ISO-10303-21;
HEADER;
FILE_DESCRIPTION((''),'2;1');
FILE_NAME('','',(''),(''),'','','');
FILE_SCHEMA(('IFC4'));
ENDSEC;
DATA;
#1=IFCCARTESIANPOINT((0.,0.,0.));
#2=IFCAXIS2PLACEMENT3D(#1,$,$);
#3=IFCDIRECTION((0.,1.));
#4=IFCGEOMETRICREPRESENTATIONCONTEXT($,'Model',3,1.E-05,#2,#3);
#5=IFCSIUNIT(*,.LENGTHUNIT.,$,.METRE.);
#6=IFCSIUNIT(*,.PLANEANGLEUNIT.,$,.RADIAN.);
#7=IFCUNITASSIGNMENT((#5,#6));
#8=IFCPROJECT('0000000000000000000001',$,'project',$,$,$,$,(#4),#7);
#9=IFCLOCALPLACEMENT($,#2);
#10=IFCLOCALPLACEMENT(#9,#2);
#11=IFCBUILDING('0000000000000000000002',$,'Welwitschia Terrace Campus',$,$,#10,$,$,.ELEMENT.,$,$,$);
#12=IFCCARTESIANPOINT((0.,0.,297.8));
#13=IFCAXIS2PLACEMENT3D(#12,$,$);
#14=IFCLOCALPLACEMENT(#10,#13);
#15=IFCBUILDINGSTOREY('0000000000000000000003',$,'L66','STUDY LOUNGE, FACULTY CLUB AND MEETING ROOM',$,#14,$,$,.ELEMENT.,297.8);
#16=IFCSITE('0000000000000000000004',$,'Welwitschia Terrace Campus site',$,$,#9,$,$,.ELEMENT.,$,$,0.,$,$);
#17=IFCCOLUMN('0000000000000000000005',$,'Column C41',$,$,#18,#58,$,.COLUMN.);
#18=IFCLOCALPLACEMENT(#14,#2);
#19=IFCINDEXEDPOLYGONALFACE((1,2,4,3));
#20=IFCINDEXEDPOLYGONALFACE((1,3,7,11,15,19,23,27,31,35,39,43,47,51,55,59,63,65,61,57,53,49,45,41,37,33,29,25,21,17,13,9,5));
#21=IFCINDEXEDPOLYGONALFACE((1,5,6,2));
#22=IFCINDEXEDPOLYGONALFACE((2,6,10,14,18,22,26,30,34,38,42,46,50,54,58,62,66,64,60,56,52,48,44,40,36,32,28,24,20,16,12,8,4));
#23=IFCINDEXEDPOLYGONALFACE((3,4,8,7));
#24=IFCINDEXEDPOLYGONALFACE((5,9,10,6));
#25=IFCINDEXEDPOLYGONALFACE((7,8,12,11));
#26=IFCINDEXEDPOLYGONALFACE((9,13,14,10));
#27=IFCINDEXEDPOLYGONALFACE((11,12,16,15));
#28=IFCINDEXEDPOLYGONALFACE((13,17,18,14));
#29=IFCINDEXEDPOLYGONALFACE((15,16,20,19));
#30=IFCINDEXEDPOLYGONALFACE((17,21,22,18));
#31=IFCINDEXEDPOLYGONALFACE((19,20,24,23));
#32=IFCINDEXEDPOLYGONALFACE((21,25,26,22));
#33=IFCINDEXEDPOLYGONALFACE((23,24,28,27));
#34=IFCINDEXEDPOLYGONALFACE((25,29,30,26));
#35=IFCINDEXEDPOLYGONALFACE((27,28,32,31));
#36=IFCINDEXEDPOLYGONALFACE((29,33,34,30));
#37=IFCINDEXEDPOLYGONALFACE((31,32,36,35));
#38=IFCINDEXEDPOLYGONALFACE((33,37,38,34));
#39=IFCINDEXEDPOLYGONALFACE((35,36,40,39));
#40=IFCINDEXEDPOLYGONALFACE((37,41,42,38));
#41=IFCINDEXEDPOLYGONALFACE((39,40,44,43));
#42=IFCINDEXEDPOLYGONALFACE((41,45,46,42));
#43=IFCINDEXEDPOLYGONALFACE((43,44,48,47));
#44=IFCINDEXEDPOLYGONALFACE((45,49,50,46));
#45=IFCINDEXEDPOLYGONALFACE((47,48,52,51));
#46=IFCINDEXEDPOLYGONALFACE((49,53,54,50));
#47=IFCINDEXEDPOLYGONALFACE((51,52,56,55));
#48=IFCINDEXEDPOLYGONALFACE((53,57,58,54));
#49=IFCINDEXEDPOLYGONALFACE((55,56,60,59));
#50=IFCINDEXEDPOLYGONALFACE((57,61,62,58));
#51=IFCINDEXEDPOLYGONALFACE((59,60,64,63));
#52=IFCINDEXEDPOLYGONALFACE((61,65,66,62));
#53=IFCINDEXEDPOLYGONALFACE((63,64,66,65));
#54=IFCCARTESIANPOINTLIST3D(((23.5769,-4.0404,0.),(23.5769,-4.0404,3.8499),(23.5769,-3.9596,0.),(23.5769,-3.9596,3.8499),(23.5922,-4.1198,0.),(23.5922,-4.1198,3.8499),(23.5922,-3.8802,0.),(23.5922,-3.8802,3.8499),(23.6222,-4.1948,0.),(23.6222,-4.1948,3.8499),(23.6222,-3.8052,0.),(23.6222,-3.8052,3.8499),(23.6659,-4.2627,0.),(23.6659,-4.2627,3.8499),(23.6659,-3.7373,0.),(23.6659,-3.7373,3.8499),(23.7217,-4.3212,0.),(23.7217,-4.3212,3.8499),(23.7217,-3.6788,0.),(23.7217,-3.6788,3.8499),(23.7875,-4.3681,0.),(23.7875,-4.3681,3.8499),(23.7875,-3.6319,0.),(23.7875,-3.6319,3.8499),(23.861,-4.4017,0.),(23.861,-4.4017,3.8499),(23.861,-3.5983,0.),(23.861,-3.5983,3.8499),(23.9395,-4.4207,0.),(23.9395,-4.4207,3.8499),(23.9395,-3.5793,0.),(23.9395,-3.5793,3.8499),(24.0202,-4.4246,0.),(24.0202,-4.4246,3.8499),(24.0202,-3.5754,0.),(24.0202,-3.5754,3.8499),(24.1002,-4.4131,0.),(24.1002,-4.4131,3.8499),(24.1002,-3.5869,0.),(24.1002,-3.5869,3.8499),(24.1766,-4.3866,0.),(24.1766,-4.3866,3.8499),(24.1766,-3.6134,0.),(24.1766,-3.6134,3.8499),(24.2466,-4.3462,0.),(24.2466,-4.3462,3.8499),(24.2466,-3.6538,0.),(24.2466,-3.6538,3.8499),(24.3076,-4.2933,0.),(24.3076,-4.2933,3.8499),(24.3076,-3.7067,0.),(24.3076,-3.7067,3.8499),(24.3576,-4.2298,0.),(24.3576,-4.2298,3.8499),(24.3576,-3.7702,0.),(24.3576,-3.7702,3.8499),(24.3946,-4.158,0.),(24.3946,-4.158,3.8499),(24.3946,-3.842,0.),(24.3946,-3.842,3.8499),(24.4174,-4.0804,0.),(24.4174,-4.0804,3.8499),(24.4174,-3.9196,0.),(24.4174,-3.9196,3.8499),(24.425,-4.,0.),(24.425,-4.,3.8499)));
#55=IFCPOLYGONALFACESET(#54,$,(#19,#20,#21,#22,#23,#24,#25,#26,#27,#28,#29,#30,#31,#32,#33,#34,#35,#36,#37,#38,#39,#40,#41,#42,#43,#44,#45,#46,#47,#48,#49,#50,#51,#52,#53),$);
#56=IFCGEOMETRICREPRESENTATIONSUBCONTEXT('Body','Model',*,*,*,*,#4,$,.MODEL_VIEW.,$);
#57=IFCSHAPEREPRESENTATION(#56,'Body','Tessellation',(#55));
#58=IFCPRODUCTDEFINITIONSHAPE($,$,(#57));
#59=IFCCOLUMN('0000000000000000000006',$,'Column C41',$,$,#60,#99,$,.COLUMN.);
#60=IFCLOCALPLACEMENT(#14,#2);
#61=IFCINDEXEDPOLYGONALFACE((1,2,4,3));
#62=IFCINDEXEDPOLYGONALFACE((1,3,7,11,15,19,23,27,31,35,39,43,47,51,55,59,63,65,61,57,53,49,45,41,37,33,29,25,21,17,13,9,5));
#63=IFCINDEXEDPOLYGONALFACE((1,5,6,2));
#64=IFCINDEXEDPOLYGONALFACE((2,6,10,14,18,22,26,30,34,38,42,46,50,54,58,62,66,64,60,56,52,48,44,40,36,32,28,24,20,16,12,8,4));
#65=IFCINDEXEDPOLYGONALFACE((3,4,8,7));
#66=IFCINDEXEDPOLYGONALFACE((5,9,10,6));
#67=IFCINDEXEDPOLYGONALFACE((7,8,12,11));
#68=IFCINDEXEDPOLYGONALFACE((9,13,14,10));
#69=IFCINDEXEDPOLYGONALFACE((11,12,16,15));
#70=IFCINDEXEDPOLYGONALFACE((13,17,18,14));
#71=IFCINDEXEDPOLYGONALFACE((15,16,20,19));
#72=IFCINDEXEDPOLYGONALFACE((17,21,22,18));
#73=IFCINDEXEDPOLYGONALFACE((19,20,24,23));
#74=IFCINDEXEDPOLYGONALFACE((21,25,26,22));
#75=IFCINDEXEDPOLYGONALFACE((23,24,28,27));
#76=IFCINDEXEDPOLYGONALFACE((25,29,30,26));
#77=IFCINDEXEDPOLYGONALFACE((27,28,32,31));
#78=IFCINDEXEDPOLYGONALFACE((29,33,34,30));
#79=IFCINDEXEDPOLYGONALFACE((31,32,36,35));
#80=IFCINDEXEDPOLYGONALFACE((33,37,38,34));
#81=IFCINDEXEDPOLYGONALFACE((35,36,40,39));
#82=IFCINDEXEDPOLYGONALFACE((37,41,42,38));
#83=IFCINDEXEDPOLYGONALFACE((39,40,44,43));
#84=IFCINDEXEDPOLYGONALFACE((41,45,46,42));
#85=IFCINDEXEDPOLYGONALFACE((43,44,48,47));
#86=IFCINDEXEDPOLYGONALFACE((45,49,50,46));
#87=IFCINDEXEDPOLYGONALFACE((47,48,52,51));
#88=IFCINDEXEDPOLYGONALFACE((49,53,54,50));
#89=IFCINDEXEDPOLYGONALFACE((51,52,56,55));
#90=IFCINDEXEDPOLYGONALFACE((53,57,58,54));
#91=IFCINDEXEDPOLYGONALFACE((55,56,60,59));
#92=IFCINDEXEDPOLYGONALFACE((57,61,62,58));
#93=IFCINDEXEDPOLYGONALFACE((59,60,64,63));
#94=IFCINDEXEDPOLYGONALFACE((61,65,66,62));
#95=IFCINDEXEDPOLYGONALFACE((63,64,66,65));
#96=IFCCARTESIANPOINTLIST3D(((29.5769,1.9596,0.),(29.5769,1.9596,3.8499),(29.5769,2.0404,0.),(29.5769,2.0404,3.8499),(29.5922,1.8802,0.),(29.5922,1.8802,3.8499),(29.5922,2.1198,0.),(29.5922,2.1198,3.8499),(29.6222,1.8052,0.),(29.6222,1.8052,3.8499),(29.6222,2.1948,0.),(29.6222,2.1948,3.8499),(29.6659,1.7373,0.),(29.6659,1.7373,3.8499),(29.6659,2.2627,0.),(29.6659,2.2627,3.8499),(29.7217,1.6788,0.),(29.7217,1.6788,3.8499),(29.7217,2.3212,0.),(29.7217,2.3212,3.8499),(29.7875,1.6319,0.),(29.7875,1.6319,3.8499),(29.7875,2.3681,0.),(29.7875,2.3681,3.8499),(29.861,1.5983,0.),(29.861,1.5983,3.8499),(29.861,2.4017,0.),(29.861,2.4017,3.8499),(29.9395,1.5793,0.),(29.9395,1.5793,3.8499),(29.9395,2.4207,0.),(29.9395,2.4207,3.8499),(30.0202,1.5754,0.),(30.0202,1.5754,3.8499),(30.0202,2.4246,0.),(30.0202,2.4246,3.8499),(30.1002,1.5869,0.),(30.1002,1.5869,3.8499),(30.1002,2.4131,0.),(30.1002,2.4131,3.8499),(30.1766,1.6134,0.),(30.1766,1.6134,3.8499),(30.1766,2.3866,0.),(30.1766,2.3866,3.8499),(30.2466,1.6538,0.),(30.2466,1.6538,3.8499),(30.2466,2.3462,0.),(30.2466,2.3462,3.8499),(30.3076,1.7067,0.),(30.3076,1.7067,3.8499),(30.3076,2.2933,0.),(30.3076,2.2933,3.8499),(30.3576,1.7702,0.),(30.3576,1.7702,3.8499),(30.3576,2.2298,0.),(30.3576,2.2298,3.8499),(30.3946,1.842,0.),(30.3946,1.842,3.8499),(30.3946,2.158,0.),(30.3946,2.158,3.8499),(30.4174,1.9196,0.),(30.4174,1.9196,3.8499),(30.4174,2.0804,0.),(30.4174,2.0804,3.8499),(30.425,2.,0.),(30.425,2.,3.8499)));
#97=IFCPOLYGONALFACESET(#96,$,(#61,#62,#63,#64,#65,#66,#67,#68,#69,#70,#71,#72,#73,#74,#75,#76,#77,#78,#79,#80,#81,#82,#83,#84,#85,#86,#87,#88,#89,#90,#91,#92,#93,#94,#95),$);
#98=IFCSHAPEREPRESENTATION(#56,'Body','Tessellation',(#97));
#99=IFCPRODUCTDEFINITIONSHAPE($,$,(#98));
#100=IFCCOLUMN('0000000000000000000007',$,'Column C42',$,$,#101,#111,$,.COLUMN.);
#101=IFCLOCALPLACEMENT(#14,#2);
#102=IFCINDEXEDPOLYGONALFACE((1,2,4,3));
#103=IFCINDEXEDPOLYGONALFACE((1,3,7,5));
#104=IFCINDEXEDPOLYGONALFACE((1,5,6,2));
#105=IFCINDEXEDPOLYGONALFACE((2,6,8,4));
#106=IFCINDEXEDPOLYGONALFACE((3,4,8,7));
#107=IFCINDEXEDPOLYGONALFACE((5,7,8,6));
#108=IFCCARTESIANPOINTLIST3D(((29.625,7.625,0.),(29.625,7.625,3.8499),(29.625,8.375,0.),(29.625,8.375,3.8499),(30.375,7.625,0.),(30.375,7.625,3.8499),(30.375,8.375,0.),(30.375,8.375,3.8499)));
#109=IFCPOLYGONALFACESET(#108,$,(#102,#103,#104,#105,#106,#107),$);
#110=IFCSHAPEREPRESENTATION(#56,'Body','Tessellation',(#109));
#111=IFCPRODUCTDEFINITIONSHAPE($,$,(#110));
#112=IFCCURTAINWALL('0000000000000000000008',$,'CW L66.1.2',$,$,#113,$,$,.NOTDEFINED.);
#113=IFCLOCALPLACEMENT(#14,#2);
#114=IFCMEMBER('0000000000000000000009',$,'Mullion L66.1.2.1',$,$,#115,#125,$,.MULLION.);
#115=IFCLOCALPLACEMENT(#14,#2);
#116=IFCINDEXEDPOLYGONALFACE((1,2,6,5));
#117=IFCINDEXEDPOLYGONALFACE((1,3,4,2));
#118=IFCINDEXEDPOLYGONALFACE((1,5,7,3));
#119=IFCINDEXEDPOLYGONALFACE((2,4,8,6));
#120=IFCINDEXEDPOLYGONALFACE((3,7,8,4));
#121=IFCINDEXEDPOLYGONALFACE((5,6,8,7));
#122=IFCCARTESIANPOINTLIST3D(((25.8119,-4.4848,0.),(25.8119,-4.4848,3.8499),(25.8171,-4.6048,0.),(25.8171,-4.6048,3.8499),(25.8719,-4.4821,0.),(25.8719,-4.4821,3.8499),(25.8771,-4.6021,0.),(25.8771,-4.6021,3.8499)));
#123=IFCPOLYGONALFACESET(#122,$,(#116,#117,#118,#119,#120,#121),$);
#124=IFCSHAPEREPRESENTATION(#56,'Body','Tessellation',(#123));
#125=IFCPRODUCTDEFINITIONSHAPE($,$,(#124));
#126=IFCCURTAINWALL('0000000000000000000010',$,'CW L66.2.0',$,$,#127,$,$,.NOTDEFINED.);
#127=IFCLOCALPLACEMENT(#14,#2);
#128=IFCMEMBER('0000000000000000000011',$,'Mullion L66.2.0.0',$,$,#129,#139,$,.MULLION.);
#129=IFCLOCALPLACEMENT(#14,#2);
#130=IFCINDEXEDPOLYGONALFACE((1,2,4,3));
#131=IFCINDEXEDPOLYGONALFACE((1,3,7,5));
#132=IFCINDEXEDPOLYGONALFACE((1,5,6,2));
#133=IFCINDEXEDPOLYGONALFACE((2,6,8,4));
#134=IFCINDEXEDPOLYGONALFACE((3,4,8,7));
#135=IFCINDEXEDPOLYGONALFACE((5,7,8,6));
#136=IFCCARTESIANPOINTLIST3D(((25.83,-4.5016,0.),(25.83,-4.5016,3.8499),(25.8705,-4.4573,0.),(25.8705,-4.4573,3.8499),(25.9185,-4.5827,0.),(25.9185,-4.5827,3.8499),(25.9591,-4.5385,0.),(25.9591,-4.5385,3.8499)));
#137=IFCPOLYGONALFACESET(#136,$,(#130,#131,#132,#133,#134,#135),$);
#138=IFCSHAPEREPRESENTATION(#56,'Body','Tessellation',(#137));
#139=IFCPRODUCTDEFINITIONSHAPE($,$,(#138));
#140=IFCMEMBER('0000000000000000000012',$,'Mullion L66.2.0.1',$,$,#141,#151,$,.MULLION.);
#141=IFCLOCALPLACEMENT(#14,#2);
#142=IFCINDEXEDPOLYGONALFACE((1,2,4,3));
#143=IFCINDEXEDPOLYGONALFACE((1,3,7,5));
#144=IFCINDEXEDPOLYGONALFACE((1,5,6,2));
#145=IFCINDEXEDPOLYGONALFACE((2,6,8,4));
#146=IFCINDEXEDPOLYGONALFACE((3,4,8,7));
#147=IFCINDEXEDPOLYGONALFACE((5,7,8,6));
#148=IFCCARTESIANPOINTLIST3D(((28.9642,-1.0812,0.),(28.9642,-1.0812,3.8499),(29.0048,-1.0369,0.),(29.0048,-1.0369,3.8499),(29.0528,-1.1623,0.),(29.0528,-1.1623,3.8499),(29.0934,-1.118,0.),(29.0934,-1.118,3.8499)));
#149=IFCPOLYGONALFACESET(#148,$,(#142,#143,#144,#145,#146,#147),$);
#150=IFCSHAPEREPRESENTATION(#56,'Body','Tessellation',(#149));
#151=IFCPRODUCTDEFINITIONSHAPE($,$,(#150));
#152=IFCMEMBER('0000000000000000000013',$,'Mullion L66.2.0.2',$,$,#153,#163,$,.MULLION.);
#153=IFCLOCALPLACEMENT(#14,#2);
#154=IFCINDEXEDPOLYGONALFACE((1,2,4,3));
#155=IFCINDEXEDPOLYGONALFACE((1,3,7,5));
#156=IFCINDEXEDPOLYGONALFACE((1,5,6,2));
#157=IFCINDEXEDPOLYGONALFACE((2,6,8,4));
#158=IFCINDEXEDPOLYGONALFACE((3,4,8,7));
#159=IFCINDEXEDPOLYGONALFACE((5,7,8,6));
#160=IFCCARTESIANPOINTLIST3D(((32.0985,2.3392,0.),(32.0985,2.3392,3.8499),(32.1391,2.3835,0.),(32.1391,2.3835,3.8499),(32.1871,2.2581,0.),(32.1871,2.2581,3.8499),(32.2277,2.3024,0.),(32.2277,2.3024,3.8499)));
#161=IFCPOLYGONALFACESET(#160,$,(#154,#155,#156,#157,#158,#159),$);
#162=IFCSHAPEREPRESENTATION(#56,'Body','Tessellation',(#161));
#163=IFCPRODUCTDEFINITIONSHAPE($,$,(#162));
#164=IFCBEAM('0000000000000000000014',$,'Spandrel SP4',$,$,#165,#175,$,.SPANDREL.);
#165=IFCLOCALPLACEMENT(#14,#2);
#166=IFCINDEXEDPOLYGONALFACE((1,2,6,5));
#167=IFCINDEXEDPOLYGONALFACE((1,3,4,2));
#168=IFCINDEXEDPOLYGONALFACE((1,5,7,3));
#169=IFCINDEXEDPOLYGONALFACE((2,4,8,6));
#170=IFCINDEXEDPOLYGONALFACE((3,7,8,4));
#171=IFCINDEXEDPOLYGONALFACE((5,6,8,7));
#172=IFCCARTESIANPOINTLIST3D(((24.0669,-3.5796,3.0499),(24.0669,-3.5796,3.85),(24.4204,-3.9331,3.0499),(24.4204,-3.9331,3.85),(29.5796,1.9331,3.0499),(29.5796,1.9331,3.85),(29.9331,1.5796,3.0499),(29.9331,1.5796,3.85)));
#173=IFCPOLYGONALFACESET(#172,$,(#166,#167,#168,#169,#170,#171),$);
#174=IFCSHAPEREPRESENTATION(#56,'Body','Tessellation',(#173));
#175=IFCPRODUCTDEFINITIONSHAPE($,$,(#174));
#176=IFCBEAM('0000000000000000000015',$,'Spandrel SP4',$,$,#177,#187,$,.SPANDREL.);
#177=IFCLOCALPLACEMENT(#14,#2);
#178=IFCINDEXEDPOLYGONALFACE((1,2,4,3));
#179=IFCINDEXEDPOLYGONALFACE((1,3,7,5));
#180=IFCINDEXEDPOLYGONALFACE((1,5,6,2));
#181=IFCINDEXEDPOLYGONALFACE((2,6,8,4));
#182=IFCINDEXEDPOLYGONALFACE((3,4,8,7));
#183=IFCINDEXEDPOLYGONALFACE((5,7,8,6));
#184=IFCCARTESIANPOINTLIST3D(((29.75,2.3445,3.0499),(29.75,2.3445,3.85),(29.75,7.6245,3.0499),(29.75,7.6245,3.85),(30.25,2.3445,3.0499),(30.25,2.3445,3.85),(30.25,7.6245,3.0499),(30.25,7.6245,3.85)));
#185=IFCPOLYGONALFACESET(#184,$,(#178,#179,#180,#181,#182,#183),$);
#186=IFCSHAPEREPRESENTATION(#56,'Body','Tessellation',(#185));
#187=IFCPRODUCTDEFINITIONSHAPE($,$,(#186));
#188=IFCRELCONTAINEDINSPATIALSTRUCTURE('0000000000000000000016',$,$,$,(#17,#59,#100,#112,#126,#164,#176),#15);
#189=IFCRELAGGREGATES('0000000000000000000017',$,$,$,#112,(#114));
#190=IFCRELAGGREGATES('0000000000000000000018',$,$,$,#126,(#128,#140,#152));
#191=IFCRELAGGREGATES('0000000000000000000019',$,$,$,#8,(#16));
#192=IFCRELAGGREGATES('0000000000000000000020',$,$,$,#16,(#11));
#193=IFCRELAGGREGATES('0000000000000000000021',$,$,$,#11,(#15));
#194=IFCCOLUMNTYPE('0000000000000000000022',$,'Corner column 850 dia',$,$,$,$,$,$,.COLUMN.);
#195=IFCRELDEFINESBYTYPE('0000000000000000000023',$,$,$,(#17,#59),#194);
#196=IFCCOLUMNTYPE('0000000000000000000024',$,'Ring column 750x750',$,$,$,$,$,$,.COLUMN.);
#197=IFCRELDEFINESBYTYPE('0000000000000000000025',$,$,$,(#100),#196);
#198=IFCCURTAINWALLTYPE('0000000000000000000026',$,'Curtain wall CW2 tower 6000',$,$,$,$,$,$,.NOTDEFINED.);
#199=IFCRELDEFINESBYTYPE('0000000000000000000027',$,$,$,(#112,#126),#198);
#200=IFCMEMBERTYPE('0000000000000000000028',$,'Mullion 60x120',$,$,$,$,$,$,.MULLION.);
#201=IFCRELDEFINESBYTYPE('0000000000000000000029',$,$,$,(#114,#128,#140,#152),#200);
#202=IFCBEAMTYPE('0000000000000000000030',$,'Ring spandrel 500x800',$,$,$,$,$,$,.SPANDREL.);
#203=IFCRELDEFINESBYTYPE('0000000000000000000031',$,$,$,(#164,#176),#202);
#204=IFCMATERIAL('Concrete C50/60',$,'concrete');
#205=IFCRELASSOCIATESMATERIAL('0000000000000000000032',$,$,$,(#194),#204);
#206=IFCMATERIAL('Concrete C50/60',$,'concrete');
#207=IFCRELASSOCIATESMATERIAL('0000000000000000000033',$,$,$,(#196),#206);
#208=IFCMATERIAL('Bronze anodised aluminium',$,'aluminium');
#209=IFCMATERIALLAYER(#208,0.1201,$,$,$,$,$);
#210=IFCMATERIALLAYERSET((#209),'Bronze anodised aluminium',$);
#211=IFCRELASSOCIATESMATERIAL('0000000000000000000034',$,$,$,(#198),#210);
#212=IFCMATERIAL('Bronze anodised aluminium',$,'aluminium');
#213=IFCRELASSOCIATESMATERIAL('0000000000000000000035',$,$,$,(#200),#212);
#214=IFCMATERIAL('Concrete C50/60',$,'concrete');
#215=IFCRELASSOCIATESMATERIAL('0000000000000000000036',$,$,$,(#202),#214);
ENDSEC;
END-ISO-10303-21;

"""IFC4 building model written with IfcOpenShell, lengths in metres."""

from ifc_helpers import new_model, si_unit, direction, frame, origin, origin_2d, place, context, subcontext, project, spatial, rectangle, circle, extrude, material, layer, layer_set, material_profile, profile_set, type_object, element, aggregate, save


model = new_model("IFC4")

# Units and contexts
model_context = context("Model", 3, precision=1e-05, world=origin(), true_north=direction((0.0, 1.0)))
body_context = subcontext(model_context, "Body", "Model", "MODEL_VIEW")
ifc_project = project(units=[si_unit("LENGTHUNIT", "METRE"), si_unit("PLANEANGLEUNIT", "RADIAN")], contexts=[model_context])

# Site, building, storey
site_placement = place(None, origin())
site = spatial("IfcSite", under=ifc_project, at=site_placement, Name="Welwitschia Terrace Campus site", CompositionType="ELEMENT", RefElevation=0.0)
building_placement = place(site_placement, origin())
building = spatial("IfcBuilding", under=site, at=building_placement, Name="Welwitschia Terrace Campus", CompositionType="ELEMENT")
storey_placement = place(building_placement, frame((0.0, 0.0, 297.8)))
storey = spatial("IfcBuildingStorey", under=building, at=storey_placement, Name="L66", Description="STUDY LOUNGE, FACULTY CLUB AND MEETING ROOM", CompositionType="ELEMENT", Elevation=297.8)

# Columns
ifc_material_1 = material(Name="Concrete C50/60", Category="concrete")
ifc_material_profile_1 = material_profile(ifc_material_1, circle(Radius=0.425, at=origin_2d()))
ifc_profile_set_1 = profile_set([ifc_material_profile_1], Name="Concrete C50/60")
column_type_1 = type_object("IfcColumnType", Name="Corner column 850 dia", PredefinedType="COLUMN", material=ifc_profile_set_1)
for number, where, z_axis, x_axis, name in (
    (1, (24.0, -4.0, 0.0), (0.0, 0.0, 1.0), (1.0, 0.0, 0.0), "Column C41"),
    (2, (30.0, 2.0, 0.0), (0.0, 0.0, 1.0), (1.0, 0.0, 0.0), "Column C41"),
):
    element("IfcColumn", number, at=place(storey_placement, frame(where, z_axis=z_axis, x_axis=x_axis)), inside=storey, type_object=column_type_1, Name=name, PredefinedType="COLUMN", context=body_context, shape_type="SweptSolid", body=[
        extrude(circle(Radius=0.425, at=origin_2d()), origin(), (0.0, 0.0, 1.0), 3.8499),
    ])
ifc_material_2 = material(Name="Concrete C50/60", Category="concrete")
ifc_material_profile_2 = material_profile(ifc_material_2, rectangle(XDim=0.75, YDim=0.75, at=origin_2d()))
ifc_profile_set_2 = profile_set([ifc_material_profile_2], Name="Concrete C50/60")
column_type_2 = type_object("IfcColumnType", Name="Ring column 750x750", PredefinedType="COLUMN", material=ifc_profile_set_2)
column_placement = place(storey_placement, frame((30.0, 8.0, 0.0), z_axis=(0.0, 0.0, 1.0), x_axis=(1.0, 0.0, 0.0)))
element("IfcColumn", 3, at=column_placement, inside=storey, type_object=column_type_2, Name="Column C42", PredefinedType="COLUMN", context=body_context, shape_type="SweptSolid", body=[
    extrude(rectangle(XDim=0.75, YDim=0.75, at=origin_2d()), origin(), (0.0, 0.0, 1.0), 3.8499),
])

# Curtain wall, member
ifc_material_3 = material(Name="Bronze anodised aluminium", Category="aluminium")
ifc_layer_1 = layer(ifc_material_3, 0.1201)
ifc_layer_set_1 = layer_set([ifc_layer_1], Name="Bronze anodised aluminium")
curtain_wall_type = type_object("IfcCurtainWallType", Name="Curtain wall CW2 tower 6000", PredefinedType="NOTDEFINED", material=ifc_layer_set_1)
curtain_wall_1_placement = place(storey_placement, origin())
curtain_wall_1 = element("IfcCurtainWall", 4, at=curtain_wall_1_placement, inside=storey, type_object=curtain_wall_type, Name="CW L66.1.2", PredefinedType="NOTDEFINED")
ifc_material_4 = material(Name="Bronze anodised aluminium", Category="aluminium")
ifc_material_profile_3 = material_profile(ifc_material_4, rectangle(XDim=0.1201, YDim=0.0601, at=origin_2d()))
ifc_profile_set_3 = profile_set([ifc_material_profile_3], Name="Bronze anodised aluminium")
member_type_1 = type_object("IfcMemberType", Name="Mullion 60x120", PredefinedType="MULLION", material=ifc_profile_set_3)
member_1_placement = place(storey_placement, frame((25.8445, -4.5435, 0.0), z_axis=(0.0, 0.0, 1.0), x_axis=(-0.043619, 0.999048, 0.0)))
member_1 = element("IfcMember", 5, at=member_1_placement, type_object=member_type_1, Name="Mullion L66.1.2.1", PredefinedType="MULLION", context=body_context, shape_type="SweptSolid", body=[
    extrude(rectangle(XDim=0.1201, YDim=0.0601, at=origin_2d()), origin(), (0.0, 0.0, 1.0), 3.8499),
])
aggregate(curtain_wall_1, [member_1])

# Curtain wall, members
curtain_wall_2_placement = place(storey_placement, origin())
curtain_wall_2 = element("IfcCurtainWall", 6, at=curtain_wall_2_placement, inside=storey, type_object=curtain_wall_type, Name="CW L66.2.0", PredefinedType="NOTDEFINED")
member_2_placement = place(storey_placement, frame((25.8945, -4.52, 0.0), z_axis=(0.0, 0.0, 1.0), x_axis=(-0.737277, 0.67559, 0.0)))
member_2 = element("IfcMember", 7, at=member_2_placement, type_object=member_type_1, Name="Mullion L66.2.0.0", PredefinedType="MULLION", context=body_context, shape_type="SweptSolid", body=[
    extrude(rectangle(XDim=0.1201, YDim=0.0601, at=origin_2d()), origin(), (0.0, 0.0, 1.0), 3.8499),
])
member_3_placement = place(storey_placement, frame((29.0288, -1.0996, 0.0), z_axis=(0.0, 0.0, 1.0), x_axis=(-0.737277, 0.67559, 0.0)))
member_3 = element("IfcMember", 8, at=member_3_placement, type_object=member_type_1, Name="Mullion L66.2.0.1", PredefinedType="MULLION", context=body_context, shape_type="SweptSolid", body=[
    extrude(rectangle(XDim=0.1201, YDim=0.0601, at=origin_2d()), origin(), (0.0, 0.0, 1.0), 3.8499),
])
member_4_placement = place(storey_placement, frame((32.1631, 2.3208, 0.0), z_axis=(0.0, 0.0, 1.0), x_axis=(-0.737277, 0.67559, 0.0)))
member_4 = element("IfcMember", 9, at=member_4_placement, type_object=member_type_1, Name="Mullion L66.2.0.2", PredefinedType="MULLION", context=body_context, shape_type="SweptSolid", body=[
    extrude(rectangle(XDim=0.1201, YDim=0.0601, at=origin_2d()), origin(), (0.0, 0.0, 1.0), 3.8499),
])

# Beams
ifc_material_5 = material(Name="Concrete C50/60", Category="concrete")
ifc_material_profile_4 = material_profile(ifc_material_5, rectangle(XDim=0.5, YDim=0.8, at=origin_2d()))
ifc_profile_set_4 = profile_set([ifc_material_profile_4], Name="Concrete C50/60")
beam_type = type_object("IfcBeamType", Name="Ring spandrel 500x800", PredefinedType="SPANDREL", material=ifc_profile_set_4)
beam_1_placement = place(storey_placement, frame((24.2437, -3.7563, 3.45), z_axis=(0.707107, 0.707107, 0.0), x_axis=(-0.707107, 0.707107, 0.0)))
element("IfcBeam", 10, at=beam_1_placement, inside=storey, type_object=beam_type, Name="Spandrel SP4", PredefinedType="SPANDREL", context=body_context, shape_type="SweptSolid", body=[
    extrude(rectangle(XDim=0.5, YDim=0.8, at=origin_2d()), origin(), (0.0, 0.0, 1.0), 7.7961),
])
beam_2_placement = place(storey_placement, frame((30.0, 2.3445, 3.45), z_axis=(0.0, 1.0, 0.0), x_axis=(-1.0, 0.0, 0.0)))
element("IfcBeam", 11, at=beam_2_placement, inside=storey, type_object=beam_type, Name="Spandrel SP4", PredefinedType="SPANDREL", context=body_context, shape_type="SweptSolid", body=[
    extrude(rectangle(XDim=0.5, YDim=0.8, at=origin_2d()), origin(), (0.0, 0.0, 1.0), 5.28),
])

aggregate(curtain_wall_2, [member_2, member_3, member_4])

save(model, "model.ifc")
